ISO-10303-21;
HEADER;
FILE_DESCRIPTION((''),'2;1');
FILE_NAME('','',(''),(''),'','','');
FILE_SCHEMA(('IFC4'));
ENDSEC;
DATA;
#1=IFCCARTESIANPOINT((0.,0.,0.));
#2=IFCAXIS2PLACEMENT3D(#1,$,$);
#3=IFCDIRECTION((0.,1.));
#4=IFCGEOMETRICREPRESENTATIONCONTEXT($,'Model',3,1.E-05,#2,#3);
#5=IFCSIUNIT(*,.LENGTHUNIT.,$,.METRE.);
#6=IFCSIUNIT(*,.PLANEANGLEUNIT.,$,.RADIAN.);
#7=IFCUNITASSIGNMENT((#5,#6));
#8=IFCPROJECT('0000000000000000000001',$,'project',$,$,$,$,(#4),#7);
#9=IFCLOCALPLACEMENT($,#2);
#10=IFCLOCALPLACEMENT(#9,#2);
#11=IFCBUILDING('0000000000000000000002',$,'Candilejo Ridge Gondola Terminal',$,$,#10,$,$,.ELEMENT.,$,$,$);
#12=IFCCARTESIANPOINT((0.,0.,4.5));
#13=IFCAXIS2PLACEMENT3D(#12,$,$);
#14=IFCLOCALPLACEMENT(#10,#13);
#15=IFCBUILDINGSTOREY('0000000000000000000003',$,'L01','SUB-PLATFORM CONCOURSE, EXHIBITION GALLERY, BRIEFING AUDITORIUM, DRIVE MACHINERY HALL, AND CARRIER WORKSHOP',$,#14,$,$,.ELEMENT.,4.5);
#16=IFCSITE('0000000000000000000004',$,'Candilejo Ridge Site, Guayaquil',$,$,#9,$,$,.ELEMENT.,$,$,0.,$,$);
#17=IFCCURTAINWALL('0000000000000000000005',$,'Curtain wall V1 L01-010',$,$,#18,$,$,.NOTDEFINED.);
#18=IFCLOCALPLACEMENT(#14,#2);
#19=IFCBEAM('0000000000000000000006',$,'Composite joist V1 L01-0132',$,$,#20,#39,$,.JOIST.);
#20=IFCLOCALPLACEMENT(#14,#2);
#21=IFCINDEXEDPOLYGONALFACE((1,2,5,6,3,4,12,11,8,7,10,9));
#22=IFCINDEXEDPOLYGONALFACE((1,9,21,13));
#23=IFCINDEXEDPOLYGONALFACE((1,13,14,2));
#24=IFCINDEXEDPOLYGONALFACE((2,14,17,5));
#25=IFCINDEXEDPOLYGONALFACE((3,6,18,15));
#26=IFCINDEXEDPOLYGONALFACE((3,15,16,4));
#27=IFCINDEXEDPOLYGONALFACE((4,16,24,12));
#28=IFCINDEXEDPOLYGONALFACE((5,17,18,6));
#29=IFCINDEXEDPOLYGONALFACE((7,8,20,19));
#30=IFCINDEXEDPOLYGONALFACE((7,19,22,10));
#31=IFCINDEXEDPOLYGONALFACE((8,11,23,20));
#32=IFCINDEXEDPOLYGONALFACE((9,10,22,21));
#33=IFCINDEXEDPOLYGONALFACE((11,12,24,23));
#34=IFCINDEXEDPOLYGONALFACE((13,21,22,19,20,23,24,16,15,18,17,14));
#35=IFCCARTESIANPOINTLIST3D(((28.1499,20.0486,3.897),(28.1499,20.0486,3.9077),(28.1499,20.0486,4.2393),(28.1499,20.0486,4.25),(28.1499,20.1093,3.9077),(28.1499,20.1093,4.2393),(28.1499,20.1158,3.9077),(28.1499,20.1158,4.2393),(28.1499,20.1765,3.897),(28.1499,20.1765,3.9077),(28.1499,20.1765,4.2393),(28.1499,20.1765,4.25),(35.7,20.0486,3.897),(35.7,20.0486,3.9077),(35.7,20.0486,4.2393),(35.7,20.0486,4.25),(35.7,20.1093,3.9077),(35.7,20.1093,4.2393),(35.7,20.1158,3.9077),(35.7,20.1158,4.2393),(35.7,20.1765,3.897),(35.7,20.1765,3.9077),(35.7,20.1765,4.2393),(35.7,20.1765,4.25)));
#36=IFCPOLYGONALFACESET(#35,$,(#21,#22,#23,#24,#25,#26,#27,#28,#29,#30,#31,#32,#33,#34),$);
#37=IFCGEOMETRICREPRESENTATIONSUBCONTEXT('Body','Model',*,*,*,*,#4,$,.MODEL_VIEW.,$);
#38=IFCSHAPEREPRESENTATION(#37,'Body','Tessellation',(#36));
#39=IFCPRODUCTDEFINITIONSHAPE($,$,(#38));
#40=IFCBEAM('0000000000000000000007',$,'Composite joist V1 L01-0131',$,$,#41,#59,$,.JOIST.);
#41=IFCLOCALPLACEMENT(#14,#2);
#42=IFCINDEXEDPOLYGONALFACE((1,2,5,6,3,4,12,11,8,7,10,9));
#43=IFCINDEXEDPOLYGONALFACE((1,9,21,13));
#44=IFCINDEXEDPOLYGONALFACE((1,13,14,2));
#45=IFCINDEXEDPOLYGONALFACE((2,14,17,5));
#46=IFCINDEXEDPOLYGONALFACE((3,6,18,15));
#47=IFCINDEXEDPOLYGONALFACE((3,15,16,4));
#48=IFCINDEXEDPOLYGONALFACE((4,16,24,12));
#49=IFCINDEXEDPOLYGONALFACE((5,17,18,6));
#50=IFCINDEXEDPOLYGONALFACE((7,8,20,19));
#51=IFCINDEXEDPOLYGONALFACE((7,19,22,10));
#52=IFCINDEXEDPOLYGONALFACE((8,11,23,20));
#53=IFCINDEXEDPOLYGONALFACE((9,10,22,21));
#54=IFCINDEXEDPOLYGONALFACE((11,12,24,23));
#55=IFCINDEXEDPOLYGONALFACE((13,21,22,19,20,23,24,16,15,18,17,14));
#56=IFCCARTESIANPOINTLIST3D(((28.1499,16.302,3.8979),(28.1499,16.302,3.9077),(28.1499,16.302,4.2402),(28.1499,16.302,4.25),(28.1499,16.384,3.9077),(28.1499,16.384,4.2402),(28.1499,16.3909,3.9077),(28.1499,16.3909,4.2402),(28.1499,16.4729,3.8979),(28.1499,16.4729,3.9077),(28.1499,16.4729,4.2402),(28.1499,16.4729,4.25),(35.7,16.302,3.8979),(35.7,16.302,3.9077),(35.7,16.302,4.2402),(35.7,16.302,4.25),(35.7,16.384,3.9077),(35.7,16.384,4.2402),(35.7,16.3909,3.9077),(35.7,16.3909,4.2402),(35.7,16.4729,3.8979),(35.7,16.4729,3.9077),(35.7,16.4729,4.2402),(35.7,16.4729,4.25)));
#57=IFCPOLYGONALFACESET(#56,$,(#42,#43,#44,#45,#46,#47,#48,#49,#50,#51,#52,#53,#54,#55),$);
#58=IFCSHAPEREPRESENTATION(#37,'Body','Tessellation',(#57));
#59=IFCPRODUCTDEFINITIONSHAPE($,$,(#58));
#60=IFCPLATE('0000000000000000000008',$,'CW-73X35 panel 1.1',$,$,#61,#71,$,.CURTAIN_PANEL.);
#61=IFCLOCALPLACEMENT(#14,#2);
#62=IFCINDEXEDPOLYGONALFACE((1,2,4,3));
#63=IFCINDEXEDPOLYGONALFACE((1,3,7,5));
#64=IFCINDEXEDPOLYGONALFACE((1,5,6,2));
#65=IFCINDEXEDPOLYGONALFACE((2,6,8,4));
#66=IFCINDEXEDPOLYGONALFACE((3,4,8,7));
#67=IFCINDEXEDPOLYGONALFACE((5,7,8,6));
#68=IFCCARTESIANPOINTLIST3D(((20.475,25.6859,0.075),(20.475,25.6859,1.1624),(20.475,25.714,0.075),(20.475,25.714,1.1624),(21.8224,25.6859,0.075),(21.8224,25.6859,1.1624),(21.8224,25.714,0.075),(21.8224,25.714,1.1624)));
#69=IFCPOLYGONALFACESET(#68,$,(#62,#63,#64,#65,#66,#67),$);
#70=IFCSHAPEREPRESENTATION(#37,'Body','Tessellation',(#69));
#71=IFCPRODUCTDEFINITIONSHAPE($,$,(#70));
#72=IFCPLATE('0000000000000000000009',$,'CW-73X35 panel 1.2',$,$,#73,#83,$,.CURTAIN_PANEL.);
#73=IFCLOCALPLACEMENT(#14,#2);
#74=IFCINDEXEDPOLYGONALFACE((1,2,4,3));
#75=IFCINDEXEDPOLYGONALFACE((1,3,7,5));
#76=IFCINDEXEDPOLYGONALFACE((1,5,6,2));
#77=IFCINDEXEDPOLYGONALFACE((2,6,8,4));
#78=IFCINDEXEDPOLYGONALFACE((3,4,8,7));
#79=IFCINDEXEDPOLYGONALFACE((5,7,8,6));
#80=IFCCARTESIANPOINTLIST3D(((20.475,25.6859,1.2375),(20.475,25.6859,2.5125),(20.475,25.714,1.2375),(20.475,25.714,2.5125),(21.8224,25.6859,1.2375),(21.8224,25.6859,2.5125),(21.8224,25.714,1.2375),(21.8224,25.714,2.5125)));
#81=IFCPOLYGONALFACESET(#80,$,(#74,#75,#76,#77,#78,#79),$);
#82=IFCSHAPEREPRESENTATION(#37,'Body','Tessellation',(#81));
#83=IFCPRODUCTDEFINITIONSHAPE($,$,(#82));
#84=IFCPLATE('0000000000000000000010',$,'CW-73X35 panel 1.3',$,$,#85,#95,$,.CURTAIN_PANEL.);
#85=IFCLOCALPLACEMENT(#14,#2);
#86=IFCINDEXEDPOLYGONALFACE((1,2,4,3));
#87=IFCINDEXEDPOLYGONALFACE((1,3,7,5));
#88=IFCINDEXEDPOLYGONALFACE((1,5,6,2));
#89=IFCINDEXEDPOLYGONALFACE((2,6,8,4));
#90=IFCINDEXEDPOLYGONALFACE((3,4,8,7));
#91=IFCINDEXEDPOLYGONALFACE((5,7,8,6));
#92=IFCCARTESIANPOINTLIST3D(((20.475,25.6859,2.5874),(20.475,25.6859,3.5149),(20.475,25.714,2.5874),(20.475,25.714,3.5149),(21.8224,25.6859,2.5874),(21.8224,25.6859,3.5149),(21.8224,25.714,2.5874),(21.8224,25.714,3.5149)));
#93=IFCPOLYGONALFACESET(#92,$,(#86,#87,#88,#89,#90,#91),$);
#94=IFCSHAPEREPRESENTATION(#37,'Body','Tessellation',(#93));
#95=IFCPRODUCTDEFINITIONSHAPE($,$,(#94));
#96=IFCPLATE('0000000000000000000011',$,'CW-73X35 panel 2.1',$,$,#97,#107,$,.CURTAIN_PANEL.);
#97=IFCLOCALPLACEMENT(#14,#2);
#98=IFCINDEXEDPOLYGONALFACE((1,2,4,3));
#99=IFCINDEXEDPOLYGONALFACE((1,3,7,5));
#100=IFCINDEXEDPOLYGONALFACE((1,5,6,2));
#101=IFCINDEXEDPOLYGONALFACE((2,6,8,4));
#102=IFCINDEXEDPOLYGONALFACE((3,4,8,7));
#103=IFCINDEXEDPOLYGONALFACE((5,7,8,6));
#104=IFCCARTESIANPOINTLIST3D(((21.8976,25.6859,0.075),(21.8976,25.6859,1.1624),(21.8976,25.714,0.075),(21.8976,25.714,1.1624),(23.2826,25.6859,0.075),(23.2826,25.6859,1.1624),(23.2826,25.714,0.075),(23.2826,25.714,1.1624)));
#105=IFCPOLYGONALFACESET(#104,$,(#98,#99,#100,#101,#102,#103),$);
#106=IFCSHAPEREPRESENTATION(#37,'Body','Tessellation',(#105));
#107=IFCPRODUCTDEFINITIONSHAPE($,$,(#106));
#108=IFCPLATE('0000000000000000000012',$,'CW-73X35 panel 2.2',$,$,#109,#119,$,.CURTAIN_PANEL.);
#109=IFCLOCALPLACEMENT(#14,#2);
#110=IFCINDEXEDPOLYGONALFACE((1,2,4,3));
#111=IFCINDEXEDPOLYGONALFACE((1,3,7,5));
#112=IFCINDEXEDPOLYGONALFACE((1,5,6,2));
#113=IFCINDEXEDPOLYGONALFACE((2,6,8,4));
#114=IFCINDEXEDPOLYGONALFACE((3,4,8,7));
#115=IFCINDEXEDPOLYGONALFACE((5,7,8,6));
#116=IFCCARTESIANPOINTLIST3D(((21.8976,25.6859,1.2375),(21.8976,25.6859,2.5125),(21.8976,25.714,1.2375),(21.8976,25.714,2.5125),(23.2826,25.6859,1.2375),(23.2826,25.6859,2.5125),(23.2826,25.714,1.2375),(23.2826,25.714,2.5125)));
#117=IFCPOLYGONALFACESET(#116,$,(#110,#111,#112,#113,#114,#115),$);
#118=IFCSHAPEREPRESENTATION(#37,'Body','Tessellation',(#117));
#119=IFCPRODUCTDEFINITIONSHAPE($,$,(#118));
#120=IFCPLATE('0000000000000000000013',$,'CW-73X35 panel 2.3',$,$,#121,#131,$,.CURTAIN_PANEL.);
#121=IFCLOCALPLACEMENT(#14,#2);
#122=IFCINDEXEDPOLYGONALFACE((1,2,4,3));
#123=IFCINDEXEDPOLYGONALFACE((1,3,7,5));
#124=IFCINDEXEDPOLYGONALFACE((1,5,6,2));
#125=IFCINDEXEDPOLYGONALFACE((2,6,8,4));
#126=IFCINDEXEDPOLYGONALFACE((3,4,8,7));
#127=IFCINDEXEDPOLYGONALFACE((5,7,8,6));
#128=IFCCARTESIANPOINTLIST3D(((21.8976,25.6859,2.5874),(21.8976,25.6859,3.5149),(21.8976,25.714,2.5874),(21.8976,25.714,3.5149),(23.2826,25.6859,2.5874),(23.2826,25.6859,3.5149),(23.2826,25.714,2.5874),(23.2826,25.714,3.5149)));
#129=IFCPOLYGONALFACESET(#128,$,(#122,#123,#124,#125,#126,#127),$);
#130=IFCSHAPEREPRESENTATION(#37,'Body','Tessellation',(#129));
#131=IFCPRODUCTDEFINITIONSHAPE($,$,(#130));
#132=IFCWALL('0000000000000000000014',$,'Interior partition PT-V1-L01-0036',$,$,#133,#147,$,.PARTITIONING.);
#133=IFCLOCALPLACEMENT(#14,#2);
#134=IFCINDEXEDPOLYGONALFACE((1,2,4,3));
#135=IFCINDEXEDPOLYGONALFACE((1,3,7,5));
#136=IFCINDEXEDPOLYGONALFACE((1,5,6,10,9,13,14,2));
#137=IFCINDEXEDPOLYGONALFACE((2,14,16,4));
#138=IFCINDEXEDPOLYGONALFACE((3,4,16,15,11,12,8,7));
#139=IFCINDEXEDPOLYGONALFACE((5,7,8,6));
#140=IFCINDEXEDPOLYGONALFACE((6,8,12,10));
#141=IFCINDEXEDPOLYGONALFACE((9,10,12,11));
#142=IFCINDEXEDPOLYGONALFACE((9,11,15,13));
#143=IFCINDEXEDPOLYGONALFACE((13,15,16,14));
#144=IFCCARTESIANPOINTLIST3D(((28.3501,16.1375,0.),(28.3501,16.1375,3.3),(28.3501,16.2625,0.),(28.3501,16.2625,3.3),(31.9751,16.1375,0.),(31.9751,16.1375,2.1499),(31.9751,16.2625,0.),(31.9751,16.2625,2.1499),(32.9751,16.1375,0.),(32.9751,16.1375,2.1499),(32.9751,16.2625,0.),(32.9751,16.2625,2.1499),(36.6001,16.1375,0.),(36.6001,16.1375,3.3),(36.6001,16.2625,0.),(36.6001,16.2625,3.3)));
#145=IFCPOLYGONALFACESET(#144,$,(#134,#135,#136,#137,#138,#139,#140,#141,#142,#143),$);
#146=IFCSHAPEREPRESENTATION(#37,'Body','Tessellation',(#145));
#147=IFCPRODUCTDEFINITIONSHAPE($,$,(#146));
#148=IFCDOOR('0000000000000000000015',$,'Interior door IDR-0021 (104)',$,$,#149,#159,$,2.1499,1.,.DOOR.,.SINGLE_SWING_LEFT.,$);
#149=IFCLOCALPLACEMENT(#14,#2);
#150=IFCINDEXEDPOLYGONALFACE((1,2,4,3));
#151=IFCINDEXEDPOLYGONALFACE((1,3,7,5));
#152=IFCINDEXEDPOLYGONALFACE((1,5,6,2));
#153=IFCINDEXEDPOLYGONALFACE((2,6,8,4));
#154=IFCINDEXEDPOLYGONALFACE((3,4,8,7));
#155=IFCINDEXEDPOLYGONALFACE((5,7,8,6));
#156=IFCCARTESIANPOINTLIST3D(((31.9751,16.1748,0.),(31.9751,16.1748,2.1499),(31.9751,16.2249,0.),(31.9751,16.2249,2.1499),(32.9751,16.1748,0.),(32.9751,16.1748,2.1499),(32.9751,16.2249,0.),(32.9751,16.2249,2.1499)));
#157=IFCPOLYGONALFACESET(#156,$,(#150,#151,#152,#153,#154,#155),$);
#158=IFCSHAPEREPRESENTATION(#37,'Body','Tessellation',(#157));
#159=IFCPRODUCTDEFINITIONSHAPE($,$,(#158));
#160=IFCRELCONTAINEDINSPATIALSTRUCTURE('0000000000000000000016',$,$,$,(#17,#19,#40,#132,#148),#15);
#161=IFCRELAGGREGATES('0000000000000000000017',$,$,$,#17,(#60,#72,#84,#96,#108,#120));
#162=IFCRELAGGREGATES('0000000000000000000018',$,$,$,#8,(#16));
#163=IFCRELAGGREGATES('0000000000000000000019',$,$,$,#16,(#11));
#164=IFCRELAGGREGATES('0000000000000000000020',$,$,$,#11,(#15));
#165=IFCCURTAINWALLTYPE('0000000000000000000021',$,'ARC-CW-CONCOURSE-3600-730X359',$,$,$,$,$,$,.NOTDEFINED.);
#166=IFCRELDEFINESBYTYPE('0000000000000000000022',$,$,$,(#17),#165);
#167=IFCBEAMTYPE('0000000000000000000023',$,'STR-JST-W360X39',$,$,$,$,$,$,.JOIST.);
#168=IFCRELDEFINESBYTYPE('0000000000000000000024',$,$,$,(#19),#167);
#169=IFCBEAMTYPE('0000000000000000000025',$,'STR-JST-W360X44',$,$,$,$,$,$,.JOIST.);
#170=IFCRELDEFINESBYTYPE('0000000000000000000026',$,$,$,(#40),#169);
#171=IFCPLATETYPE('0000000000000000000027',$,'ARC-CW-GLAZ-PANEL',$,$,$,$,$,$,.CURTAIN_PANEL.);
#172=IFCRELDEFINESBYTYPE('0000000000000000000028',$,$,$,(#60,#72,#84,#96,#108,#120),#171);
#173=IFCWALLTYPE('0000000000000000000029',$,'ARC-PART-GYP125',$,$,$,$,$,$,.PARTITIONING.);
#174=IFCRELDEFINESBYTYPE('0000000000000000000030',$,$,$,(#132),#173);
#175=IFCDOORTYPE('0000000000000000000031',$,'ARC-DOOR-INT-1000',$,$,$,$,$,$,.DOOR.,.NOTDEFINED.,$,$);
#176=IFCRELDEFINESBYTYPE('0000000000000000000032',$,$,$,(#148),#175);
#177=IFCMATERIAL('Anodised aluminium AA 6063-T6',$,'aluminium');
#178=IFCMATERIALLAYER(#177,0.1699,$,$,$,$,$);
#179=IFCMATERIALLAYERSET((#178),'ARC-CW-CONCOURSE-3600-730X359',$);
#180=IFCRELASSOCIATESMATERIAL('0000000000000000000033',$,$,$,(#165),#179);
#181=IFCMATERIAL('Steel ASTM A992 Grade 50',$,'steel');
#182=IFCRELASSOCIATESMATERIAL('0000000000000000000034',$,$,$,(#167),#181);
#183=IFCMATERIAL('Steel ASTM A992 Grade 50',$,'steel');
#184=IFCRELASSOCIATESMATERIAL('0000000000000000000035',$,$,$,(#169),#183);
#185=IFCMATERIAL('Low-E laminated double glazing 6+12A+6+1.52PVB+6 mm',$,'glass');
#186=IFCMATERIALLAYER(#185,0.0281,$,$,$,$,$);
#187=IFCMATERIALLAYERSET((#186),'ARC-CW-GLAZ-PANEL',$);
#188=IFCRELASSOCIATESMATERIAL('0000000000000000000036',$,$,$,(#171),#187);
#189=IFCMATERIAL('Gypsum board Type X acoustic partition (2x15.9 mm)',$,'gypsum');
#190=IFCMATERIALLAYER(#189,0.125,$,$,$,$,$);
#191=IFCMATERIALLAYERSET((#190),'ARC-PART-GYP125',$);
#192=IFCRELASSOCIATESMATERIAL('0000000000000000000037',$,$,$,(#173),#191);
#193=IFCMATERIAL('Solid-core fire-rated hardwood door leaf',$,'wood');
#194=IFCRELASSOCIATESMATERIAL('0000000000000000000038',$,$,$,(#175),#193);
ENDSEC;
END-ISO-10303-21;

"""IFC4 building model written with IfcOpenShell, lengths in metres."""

from ifc_helpers import new_model, si_unit, direction, frame, frame_2d, origin, origin_2d, place, context, subcontext, project, spatial, rectangle, i_section, extrude, material, layer, layer_set, material_profile, profile_set, type_object, element, fill, aggregate, save


model = new_model("IFC4")

# Units and contexts
model_context = context("Model", 3, precision=1e-05, world=origin(), true_north=direction((0.0, 1.0)))
body_context = subcontext(model_context, "Body", "Model", "MODEL_VIEW")
ifc_project = project(units=[si_unit("LENGTHUNIT", "METRE"), si_unit("PLANEANGLEUNIT", "RADIAN")], contexts=[model_context])

# Site, building, storey
site_placement = place(None, origin())
site = spatial("IfcSite", under=ifc_project, at=site_placement, Name="Candilejo Ridge Site, Guayaquil", CompositionType="ELEMENT", RefElevation=0.0)
building_placement = place(site_placement, origin())
building = spatial("IfcBuilding", under=site, at=building_placement, Name="Candilejo Ridge Gondola Terminal", CompositionType="ELEMENT")
storey_placement = place(building_placement, frame((0.0, 0.0, 4.5)))
storey = spatial("IfcBuildingStorey", under=building, at=storey_placement, Name="L01", Description="SUB-PLATFORM CONCOURSE, EXHIBITION GALLERY, BRIEFING AUDITORIUM, DRIVE MACHINERY HALL, AND CARRIER WORKSHOP", CompositionType="ELEMENT", Elevation=4.5)

# Curtain wall
ifc_material_1 = material(Name="Anodised aluminium AA 6063-T6", Category="aluminium")
ifc_layer_1 = layer(ifc_material_1, 0.1699)
ifc_layer_set_1 = layer_set([ifc_layer_1], Name="ARC-CW-CONCOURSE-3600-730X359")
curtain_wall_type = type_object("IfcCurtainWallType", Name="ARC-CW-CONCOURSE-3600-730X359", PredefinedType="NOTDEFINED", material=ifc_layer_set_1)
curtain_wall_placement = place(storey_placement, origin())
curtain_wall = element("IfcCurtainWall", 1, at=curtain_wall_placement, inside=storey, type_object=curtain_wall_type, Name="Curtain wall V1 L01-010", PredefinedType="NOTDEFINED")

# Beams
ifc_material_2 = material(Name="Steel ASTM A992 Grade 50", Category="steel")
ifc_material_profile_1 = material_profile(ifc_material_2, i_section(OverallWidth=0.1279, OverallDepth=0.353, WebThickness=0.0066, FlangeThickness=0.0107, at=origin_2d()))
ifc_profile_set_1 = profile_set([ifc_material_profile_1], Name="Steel ASTM A992 Grade 50")
beam_type_1 = type_object("IfcBeamType", Name="STR-JST-W360X39", PredefinedType="JOIST", material=ifc_profile_set_1)
beam_1_placement = place(storey_placement, frame((28.1499, 20.1125, 4.0735), z_axis=(1.0, 0.0, 0.0), x_axis=(0.0, 1.0, 0.0)))
element("IfcBeam", 2, at=beam_1_placement, inside=storey, type_object=beam_type_1, Name="Composite joist V1 L01-0132", PredefinedType="JOIST", context=body_context, shape_type="SweptSolid", body=[
    extrude(i_section(OverallWidth=0.1279, OverallDepth=0.353, WebThickness=0.0066, FlangeThickness=0.0107, at=origin_2d()), origin(), (0.0, 0.0, 1.0), 7.55),
])
ifc_material_3 = material(Name="Steel ASTM A992 Grade 50", Category="steel")
ifc_material_profile_2 = material_profile(ifc_material_3, i_section(OverallWidth=0.1709, OverallDepth=0.3521, WebThickness=0.0068, FlangeThickness=0.0098, at=origin_2d()))
ifc_profile_set_2 = profile_set([ifc_material_profile_2], Name="Steel ASTM A992 Grade 50")
beam_type_2 = type_object("IfcBeamType", Name="STR-JST-W360X44", PredefinedType="JOIST", material=ifc_profile_set_2)
beam_2_placement = place(storey_placement, frame((28.1499, 16.3875, 4.074), z_axis=(1.0, 0.0, 0.0), x_axis=(0.0, 1.0, 0.0)))
element("IfcBeam", 3, at=beam_2_placement, inside=storey, type_object=beam_type_2, Name="Composite joist V1 L01-0131", PredefinedType="JOIST", context=body_context, shape_type="SweptSolid", body=[
    extrude(i_section(OverallWidth=0.1709, OverallDepth=0.3521, WebThickness=0.0068, FlangeThickness=0.0098, at=origin_2d()), origin(), (0.0, 0.0, 1.0), 7.55),
])

# Plates
ifc_material_4 = material(Name="Low-E laminated double glazing 6+12A+6+1.52PVB+6 mm", Category="glass")
ifc_layer_2 = layer(ifc_material_4, 0.0281)
ifc_layer_set_2 = layer_set([ifc_layer_2], Name="ARC-CW-GLAZ-PANEL")
plate_type = type_object("IfcPlateType", Name="ARC-CW-GLAZ-PANEL", PredefinedType="CURTAIN_PANEL", material=ifc_layer_set_2)
plate_1_placement = place(storey_placement, frame((21.1487, 25.7, 0.075), z_axis=(0.0, 0.0, 1.0), x_axis=(1.0, 0.0, 0.0)))
plate_1 = element("IfcPlate", 4, at=plate_1_placement, type_object=plate_type, Name="CW-73X35 panel 1.1", PredefinedType="CURTAIN_PANEL", context=body_context, shape_type="SweptSolid", body=[
    extrude(rectangle(XDim=1.3474, YDim=0.0281, at=origin_2d()), origin(), (0.0, 0.0, 1.0), 1.0874),
])
plate_2_placement = place(storey_placement, frame((21.1487, 25.7, 1.2375), z_axis=(0.0, 0.0, 1.0), x_axis=(1.0, 0.0, 0.0)))
plate_2 = element("IfcPlate", 5, at=plate_2_placement, type_object=plate_type, Name="CW-73X35 panel 1.2", PredefinedType="CURTAIN_PANEL", context=body_context, shape_type="SweptSolid", body=[
    extrude(rectangle(XDim=1.3474, YDim=0.0281, at=origin_2d()), origin(), (0.0, 0.0, 1.0), 1.2749),
])
plate_3_placement = place(storey_placement, frame((21.1487, 25.7, 2.5874), z_axis=(0.0, 0.0, 1.0), x_axis=(1.0, 0.0, 0.0)))
plate_3 = element("IfcPlate", 6, at=plate_3_placement, type_object=plate_type, Name="CW-73X35 panel 1.3", PredefinedType="CURTAIN_PANEL", context=body_context, shape_type="SweptSolid", body=[
    extrude(rectangle(XDim=1.3474, YDim=0.0281, at=origin_2d()), origin(), (0.0, 0.0, 1.0), 0.9275),
])
plate_4_placement = place(storey_placement, frame((22.5901, 25.7, 0.075), z_axis=(0.0, 0.0, 1.0), x_axis=(1.0, 0.0, 0.0)))
plate_4 = element("IfcPlate", 7, at=plate_4_placement, type_object=plate_type, Name="CW-73X35 panel 2.1", PredefinedType="CURTAIN_PANEL", context=body_context, shape_type="SweptSolid", body=[
    extrude(rectangle(XDim=1.385, YDim=0.0281, at=origin_2d()), origin(), (0.0, 0.0, 1.0), 1.0874),
])
plate_5_placement = place(storey_placement, frame((22.5901, 25.7, 1.2375), z_axis=(0.0, 0.0, 1.0), x_axis=(1.0, 0.0, 0.0)))
plate_5 = element("IfcPlate", 8, at=plate_5_placement, type_object=plate_type, Name="CW-73X35 panel 2.2", PredefinedType="CURTAIN_PANEL", context=body_context, shape_type="SweptSolid", body=[
    extrude(rectangle(XDim=1.385, YDim=0.0281, at=origin_2d()), origin(), (0.0, 0.0, 1.0), 1.2749),
])
plate_6_placement = place(storey_placement, frame((22.5901, 25.7, 2.5874), z_axis=(0.0, 0.0, 1.0), x_axis=(1.0, 0.0, 0.0)))
plate_6 = element("IfcPlate", 9, at=plate_6_placement, type_object=plate_type, Name="CW-73X35 panel 2.3", PredefinedType="CURTAIN_PANEL", context=body_context, shape_type="SweptSolid", body=[
    extrude(rectangle(XDim=1.385, YDim=0.0281, at=origin_2d()), origin(), (0.0, 0.0, 1.0), 0.9275),
])
aggregate(curtain_wall, [plate_1, plate_2, plate_3, plate_4, plate_5, plate_6])

# Wall, opening, door
ifc_material_5 = material(Name="Gypsum board Type X acoustic partition (2x15.9 mm)", Category="gypsum")
ifc_layer_3 = layer(ifc_material_5, 0.125)
ifc_layer_set_3 = layer_set([ifc_layer_3], Name="ARC-PART-GYP125")
wall_type_1 = type_object("IfcWallType", Name="ARC-PART-GYP125", PredefinedType="PARTITIONING", material=ifc_layer_set_3)
wall_1_placement = place(storey_placement, frame((28.3501, 16.2, 0.0), z_axis=(0.0, 0.0, 1.0), x_axis=(1.0, 0.0, 0.0)))
wall_1 = element("IfcWall", 10, at=wall_1_placement, inside=storey, type_object=wall_type_1, Name="Interior partition PT-V1-L01-0036", PredefinedType="PARTITIONING", context=body_context, shape_type="SweptSolid", body=[
    extrude(rectangle(XDim=8.25, YDim=0.125, at=frame_2d((4.125, 0.0))), origin(), (0.0, 0.0, 1.0), 3.3),
])
opening_1_placement = place(wall_1_placement, frame((3.625, 0.0, 0.0)))
opening_1 = element("IfcOpeningElement", 11, at=opening_1_placement, cuts=wall_1, PredefinedType="OPENING", context=body_context, shape_type="SweptSolid", body=[
    extrude(rectangle(XDim=1.0, YDim=2.1499, at=frame_2d((0.5, 1.075))), frame((0.0, 0.0725, 0.0), z_axis=(0.0, -1.0, 0.0), x_axis=(1.0, 0.0, 0.0)), (0.0, 0.0, 1.0), 0.145),
])
ifc_material_6 = material(Name="Solid-core fire-rated hardwood door leaf", Category="wood")
door_type_1 = type_object("IfcDoorType", Name="ARC-DOOR-INT-1000", OperationType="NOTDEFINED", PredefinedType="DOOR", material=ifc_material_6)
door_1_placement = place(opening_1_placement, origin())
door_1 = element("IfcDoor", 12, at=door_1_placement, inside=storey, type_object=door_type_1, Name="Interior door IDR-0021 (104)", OperationType="SINGLE_SWING_LEFT", OverallHeight=2.1499, OverallWidth=1.0, PredefinedType="DOOR", context=body_context, shape_type="SweptSolid", body=[
    extrude(rectangle(XDim=1.0, YDim=2.1499, at=frame_2d((0.5, 1.075))), frame((0.0, 0.0249, 0.0), z_axis=(0.0, -1.0, 0.0), x_axis=(1.0, 0.0, 0.0)), (0.0, 0.0, 1.0), 0.05),
])
fill(opening_1, door_1)

save(model, "model.ifc")
